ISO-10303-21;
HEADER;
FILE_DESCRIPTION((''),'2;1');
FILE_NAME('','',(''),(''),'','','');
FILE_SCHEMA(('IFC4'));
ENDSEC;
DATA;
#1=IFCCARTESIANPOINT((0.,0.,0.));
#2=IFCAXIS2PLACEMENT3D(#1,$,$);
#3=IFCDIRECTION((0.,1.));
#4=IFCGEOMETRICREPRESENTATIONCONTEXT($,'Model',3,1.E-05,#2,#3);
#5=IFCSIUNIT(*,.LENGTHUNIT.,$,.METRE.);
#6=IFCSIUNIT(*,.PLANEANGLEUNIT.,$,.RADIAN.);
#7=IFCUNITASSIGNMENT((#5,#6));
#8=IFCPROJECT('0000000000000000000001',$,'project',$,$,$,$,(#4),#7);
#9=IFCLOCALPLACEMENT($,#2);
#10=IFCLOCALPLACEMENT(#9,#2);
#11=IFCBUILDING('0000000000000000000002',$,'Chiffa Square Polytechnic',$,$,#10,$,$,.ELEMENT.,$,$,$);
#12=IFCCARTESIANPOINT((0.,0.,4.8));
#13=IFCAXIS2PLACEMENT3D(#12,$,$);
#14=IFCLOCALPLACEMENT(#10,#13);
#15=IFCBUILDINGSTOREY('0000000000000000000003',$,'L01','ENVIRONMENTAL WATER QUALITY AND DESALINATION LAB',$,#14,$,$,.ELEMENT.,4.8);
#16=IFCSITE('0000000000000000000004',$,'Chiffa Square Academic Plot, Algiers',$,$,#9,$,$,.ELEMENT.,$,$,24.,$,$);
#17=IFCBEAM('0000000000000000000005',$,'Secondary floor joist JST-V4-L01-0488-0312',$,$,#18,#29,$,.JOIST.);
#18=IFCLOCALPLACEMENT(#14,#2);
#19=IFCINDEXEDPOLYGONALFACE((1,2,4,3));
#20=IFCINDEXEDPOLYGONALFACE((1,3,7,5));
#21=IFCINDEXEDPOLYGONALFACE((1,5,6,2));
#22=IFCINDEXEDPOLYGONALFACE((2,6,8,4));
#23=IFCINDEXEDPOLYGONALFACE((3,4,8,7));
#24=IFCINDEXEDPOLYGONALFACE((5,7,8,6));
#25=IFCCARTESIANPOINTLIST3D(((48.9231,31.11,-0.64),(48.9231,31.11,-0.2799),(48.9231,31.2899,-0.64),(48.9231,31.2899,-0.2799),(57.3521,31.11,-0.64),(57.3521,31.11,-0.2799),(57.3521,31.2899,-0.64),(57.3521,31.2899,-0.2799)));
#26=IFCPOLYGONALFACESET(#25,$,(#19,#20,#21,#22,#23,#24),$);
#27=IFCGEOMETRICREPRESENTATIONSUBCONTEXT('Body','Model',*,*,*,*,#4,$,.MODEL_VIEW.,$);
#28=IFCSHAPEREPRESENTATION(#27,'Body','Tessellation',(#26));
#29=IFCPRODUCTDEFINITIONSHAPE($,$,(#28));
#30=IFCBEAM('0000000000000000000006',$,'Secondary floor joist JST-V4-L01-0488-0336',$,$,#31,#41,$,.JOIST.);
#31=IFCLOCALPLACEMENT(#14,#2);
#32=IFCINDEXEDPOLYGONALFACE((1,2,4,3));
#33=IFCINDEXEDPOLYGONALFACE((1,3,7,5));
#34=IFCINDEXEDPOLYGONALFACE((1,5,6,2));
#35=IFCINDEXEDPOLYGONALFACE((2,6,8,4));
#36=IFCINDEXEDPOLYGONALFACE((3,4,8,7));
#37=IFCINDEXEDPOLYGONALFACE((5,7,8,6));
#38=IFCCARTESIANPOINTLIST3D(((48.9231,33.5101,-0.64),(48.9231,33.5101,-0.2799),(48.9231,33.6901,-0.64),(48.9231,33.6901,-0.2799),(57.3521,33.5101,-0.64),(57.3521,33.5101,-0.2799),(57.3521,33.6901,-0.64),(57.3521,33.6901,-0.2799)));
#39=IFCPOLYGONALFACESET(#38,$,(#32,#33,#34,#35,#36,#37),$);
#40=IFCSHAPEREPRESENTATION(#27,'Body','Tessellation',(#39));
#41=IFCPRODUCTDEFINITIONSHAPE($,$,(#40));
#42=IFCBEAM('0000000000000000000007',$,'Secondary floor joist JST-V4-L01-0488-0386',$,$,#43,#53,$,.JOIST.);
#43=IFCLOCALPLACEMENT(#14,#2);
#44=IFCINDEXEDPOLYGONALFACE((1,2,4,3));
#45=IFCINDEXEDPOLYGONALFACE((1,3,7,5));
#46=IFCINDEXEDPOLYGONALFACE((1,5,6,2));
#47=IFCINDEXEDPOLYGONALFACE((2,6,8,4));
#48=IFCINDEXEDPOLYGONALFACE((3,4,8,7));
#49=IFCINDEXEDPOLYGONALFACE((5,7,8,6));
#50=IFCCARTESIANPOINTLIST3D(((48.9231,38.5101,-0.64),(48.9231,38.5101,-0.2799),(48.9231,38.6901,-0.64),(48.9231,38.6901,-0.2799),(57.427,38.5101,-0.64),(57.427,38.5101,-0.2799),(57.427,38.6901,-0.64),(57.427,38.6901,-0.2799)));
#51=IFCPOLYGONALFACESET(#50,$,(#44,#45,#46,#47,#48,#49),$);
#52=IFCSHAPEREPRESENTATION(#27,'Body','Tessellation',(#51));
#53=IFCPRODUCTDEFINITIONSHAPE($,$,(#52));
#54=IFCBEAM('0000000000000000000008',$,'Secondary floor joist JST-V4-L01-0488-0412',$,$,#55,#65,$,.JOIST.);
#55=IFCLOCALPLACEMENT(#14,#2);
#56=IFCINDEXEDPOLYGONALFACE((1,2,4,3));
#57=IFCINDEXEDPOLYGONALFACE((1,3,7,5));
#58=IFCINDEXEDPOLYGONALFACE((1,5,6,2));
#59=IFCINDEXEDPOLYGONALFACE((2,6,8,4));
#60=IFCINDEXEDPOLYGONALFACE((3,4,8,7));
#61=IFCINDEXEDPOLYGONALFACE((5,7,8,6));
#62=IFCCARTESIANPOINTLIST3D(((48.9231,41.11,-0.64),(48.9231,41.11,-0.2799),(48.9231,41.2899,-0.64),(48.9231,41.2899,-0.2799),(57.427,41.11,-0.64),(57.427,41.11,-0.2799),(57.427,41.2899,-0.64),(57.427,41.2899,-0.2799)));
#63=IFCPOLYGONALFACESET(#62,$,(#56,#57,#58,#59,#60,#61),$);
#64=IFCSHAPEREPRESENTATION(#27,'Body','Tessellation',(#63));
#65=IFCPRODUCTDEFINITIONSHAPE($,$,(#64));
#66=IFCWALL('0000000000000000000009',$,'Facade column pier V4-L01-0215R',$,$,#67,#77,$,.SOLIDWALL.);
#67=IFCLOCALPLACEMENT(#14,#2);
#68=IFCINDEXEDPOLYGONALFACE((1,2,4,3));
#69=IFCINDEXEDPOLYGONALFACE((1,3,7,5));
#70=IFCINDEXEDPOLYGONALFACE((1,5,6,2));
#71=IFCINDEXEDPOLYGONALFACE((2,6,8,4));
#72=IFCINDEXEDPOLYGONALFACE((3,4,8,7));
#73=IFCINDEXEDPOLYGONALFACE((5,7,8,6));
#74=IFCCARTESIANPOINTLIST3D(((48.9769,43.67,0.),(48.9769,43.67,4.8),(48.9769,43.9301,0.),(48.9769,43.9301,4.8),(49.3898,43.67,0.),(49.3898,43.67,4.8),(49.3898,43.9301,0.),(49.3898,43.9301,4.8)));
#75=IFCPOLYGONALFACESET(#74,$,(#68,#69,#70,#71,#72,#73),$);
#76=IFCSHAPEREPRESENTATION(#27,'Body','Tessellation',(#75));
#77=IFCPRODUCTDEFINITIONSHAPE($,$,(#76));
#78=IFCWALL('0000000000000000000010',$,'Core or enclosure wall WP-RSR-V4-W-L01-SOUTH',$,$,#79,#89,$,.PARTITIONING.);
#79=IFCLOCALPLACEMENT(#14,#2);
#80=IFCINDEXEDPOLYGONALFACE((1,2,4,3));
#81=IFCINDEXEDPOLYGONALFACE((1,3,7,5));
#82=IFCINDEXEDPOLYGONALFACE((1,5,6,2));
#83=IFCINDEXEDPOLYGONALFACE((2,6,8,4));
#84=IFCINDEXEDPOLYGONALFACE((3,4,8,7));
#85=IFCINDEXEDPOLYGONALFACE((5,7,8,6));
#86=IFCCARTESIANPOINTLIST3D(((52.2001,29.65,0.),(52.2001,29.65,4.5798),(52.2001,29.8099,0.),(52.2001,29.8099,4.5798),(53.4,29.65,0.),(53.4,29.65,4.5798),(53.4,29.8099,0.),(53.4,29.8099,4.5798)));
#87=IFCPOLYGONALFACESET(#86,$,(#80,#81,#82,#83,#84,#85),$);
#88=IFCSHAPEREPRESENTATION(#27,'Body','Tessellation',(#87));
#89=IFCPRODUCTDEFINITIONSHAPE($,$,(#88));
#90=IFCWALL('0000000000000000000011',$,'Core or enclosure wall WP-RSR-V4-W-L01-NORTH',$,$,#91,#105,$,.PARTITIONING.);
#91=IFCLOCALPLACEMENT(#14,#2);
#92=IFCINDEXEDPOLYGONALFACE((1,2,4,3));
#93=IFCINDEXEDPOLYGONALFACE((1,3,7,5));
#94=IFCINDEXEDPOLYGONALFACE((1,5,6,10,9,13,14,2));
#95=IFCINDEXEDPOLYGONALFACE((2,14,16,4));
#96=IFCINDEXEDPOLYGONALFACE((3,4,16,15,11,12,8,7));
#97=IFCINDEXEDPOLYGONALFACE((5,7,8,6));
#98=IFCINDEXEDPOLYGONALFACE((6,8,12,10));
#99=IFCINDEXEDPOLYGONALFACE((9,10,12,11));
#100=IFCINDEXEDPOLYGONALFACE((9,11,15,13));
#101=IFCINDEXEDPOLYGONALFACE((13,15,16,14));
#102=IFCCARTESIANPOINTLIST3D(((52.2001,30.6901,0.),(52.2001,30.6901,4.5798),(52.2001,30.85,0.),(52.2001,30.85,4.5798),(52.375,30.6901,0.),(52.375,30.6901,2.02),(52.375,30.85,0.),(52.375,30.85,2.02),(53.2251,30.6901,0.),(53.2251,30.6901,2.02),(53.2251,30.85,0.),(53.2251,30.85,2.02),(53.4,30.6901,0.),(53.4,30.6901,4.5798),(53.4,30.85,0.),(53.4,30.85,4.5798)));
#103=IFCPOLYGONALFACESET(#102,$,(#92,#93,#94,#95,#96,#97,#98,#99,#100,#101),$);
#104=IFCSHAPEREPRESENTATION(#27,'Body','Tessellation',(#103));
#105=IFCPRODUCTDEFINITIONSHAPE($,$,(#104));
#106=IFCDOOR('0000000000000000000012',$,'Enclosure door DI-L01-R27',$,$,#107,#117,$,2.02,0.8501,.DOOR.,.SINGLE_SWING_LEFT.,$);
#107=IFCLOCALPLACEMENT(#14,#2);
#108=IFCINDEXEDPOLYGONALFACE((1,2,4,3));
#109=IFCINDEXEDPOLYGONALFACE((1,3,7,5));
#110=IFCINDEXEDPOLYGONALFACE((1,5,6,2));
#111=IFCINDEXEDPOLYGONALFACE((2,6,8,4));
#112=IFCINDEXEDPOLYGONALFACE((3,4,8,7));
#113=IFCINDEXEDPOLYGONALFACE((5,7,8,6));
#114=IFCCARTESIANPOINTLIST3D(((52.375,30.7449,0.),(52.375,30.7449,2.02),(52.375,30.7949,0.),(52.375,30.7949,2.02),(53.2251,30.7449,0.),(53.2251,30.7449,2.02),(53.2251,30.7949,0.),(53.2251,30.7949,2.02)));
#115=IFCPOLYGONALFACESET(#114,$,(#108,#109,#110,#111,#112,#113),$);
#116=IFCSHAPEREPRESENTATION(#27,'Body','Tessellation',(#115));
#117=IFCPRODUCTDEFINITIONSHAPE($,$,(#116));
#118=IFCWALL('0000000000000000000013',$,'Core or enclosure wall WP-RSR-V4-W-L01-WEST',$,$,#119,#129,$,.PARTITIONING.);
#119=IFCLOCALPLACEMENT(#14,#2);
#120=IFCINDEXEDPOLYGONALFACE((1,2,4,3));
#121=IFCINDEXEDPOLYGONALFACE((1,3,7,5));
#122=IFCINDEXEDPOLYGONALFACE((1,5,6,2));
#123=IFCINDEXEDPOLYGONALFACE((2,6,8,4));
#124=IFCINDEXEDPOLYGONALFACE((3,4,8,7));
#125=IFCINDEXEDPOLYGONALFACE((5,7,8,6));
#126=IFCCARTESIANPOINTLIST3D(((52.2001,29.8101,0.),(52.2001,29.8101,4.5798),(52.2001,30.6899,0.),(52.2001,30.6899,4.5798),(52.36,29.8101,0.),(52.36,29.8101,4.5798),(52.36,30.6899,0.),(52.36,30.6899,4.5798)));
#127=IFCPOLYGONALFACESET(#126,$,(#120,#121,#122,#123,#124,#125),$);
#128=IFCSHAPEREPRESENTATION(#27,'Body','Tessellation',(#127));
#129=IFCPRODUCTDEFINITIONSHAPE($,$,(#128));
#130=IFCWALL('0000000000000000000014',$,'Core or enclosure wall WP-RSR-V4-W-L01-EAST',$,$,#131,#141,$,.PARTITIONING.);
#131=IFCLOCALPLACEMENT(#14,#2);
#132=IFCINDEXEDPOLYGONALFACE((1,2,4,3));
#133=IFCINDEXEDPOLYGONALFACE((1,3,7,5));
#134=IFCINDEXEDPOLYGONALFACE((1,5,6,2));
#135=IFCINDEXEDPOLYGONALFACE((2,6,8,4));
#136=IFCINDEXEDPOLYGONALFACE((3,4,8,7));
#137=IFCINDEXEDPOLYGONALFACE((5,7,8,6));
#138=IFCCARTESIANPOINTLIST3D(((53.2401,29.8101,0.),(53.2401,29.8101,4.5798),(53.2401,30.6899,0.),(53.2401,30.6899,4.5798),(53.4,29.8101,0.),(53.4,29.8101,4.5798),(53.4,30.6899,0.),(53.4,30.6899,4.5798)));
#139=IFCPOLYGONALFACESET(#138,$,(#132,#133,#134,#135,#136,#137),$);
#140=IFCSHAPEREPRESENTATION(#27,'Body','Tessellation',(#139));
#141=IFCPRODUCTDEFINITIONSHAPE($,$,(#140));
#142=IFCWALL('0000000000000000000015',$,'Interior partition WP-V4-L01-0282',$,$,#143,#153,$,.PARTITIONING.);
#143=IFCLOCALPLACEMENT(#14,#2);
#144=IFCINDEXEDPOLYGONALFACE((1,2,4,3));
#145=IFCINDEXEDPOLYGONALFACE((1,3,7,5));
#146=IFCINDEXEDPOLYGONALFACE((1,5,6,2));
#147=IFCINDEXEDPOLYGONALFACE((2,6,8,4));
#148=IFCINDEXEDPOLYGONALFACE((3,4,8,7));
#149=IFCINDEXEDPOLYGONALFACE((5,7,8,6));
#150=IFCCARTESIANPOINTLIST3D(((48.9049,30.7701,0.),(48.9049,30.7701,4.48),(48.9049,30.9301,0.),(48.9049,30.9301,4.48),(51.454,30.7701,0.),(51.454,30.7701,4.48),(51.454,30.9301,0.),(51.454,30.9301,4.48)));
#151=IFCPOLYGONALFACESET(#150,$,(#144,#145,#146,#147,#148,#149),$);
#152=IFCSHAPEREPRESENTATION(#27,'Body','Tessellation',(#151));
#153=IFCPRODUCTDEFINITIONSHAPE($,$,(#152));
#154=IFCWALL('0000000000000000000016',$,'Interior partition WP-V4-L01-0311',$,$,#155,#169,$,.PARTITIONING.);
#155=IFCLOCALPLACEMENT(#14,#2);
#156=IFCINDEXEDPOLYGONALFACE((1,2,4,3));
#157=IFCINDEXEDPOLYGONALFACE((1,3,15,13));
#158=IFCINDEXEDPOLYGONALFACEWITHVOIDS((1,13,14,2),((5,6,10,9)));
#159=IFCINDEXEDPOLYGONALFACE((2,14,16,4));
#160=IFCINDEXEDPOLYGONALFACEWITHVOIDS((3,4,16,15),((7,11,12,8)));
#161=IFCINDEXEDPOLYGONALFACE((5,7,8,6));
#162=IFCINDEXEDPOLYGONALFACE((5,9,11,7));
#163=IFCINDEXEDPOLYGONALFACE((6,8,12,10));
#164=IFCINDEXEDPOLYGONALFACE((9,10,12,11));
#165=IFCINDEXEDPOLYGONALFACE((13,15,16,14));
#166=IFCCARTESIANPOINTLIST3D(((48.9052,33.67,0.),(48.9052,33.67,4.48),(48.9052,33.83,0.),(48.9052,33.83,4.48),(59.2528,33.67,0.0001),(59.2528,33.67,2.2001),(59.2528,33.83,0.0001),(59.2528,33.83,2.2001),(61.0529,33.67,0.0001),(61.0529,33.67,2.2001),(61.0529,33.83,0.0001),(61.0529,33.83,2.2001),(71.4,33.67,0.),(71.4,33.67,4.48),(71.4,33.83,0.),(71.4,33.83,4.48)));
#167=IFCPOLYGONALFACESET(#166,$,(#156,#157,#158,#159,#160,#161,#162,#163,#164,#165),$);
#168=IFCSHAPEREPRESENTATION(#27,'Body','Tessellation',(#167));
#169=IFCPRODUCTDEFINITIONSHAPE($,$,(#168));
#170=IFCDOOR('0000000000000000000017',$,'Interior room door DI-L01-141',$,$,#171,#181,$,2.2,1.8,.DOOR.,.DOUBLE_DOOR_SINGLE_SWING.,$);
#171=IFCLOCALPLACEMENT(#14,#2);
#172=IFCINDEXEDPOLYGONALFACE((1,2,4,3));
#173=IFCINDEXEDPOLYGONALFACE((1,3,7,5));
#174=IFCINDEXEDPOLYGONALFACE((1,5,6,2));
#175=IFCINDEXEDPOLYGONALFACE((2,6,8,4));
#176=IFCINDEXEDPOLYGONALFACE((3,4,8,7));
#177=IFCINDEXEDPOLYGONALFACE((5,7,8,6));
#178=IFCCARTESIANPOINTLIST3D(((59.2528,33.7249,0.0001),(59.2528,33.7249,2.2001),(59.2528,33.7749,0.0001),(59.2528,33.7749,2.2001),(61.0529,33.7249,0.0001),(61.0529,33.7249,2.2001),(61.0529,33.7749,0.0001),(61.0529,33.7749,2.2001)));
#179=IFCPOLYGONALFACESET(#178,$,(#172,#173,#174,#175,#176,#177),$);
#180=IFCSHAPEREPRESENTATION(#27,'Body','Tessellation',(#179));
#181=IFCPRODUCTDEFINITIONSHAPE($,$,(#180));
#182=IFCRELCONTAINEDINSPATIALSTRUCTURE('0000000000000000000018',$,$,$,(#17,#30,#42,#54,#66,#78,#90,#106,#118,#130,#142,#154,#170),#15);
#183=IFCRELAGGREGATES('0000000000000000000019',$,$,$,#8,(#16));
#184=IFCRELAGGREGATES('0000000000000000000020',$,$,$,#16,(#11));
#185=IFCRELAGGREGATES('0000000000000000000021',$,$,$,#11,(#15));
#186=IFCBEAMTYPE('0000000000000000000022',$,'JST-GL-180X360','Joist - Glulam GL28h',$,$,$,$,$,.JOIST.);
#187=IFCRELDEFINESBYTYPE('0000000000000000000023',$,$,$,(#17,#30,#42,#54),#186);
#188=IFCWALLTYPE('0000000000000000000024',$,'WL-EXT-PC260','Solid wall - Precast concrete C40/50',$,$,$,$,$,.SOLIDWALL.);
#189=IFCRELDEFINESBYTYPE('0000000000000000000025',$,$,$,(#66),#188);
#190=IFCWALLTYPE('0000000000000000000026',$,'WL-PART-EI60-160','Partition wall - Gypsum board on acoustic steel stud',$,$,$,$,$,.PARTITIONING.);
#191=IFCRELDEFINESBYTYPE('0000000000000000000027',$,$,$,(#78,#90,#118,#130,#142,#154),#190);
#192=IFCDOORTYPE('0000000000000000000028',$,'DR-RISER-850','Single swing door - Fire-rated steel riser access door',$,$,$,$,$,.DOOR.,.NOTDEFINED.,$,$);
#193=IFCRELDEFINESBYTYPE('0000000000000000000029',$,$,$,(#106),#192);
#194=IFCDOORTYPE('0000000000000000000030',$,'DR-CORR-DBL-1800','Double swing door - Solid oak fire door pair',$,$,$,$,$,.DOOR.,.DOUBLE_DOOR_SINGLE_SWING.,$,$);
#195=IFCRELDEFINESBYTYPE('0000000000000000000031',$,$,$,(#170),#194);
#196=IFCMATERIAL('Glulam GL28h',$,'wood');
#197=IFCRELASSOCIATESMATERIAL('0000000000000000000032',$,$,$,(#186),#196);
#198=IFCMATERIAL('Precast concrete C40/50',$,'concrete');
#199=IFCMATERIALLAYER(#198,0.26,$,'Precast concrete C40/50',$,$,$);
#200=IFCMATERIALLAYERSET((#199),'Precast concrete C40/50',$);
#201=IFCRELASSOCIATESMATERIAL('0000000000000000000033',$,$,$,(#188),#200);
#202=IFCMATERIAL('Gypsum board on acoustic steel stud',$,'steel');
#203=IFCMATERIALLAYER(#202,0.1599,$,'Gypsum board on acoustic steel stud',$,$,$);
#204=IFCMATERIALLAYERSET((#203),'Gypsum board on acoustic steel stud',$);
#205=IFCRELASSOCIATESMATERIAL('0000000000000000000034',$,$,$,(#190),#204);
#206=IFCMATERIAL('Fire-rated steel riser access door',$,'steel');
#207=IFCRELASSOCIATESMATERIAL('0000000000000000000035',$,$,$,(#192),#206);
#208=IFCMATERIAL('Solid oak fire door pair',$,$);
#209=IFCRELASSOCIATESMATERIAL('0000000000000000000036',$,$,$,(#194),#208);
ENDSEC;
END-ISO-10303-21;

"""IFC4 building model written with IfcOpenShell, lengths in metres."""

from ifc_helpers import new_model, si_unit, direction, frame, frame_2d, origin, origin_2d, place, context, subcontext, project, spatial, rectangle, extrude, material, layer, layer_set, material_profile, profile_set, type_object, element, fill, save


model = new_model("IFC4")

# Units and contexts
model_context = context("Model", 3, precision=1e-05, world=origin(), true_north=direction((0.0, 1.0)))
body_context = subcontext(model_context, "Body", "Model", "MODEL_VIEW")
ifc_project = project(units=[si_unit("LENGTHUNIT", "METRE"), si_unit("PLANEANGLEUNIT", "RADIAN")], contexts=[model_context])

# Site, building, storey
site_placement = place(None, origin())
site = spatial("IfcSite", under=ifc_project, at=site_placement, Name="Chiffa Square Academic Plot, Algiers", CompositionType="ELEMENT", RefElevation=24.0)
building_placement = place(site_placement, origin())
building = spatial("IfcBuilding", under=site, at=building_placement, Name="Chiffa Square Polytechnic", CompositionType="ELEMENT")
storey_placement = place(building_placement, frame((0.0, 0.0, 4.8)))
storey = spatial("IfcBuildingStorey", under=building, at=storey_placement, Name="L01", Description="ENVIRONMENTAL WATER QUALITY AND DESALINATION LAB", CompositionType="ELEMENT", Elevation=4.8)

# Shared definitions
ifc_material_1 = material(Name="Glulam GL28h", Category="wood")

# Beams
ifc_material_profile_1 = material_profile(ifc_material_1, rectangle(XDim=0.1799, YDim=0.3601, at=origin_2d()), Name="GL28h 180x360")
ifc_profile_set_1 = profile_set([ifc_material_profile_1], Name="Glulam GL28h")
beam_type_1 = type_object("IfcBeamType", Name="JST-GL-180X360", Description="Joist - Glulam GL28h", PredefinedType="JOIST", material=ifc_profile_set_1)
for number, where, z_axis, x_axis, name in (
    (1, (48.9231, 31.2, -0.46), (1.0, 0.0, 0.0), (0.0, 1.0, 0.0), "Secondary floor joist JST-V4-L01-0488-0312"),
    (2, (48.9231, 33.6001, -0.46), (1.0, 0.0, 0.0), (0.0, 1.0, 0.0), "Secondary floor joist JST-V4-L01-0488-0336"),
):
    element("IfcBeam", number, at=place(storey_placement, frame(where, z_axis=z_axis, x_axis=x_axis)), inside=storey, type_object=beam_type_1, Name=name, PredefinedType="JOIST", context=body_context, shape_type="SweptSolid", body=[
        extrude(rectangle(XDim=0.1799, YDim=0.3601, at=origin_2d()), origin(), (0.0, 0.0, 1.0), 8.429),
    ])
for number, where, z_axis, x_axis, name in (
    (3, (48.9231, 38.6001, -0.46), (1.0, 0.0, 0.0), (0.0, 1.0, 0.0), "Secondary floor joist JST-V4-L01-0488-0386"),
    (4, (48.9231, 41.2, -0.46), (1.0, 0.0, 0.0), (0.0, 1.0, 0.0), "Secondary floor joist JST-V4-L01-0488-0412"),
):
    element("IfcBeam", number, at=place(storey_placement, frame(where, z_axis=z_axis, x_axis=x_axis)), inside=storey, type_object=beam_type_1, Name=name, PredefinedType="JOIST", context=body_context, shape_type="SweptSolid", body=[
        extrude(rectangle(XDim=0.1799, YDim=0.3601, at=origin_2d()), origin(), (0.0, 0.0, 1.0), 8.5039),
    ])

# Walls
ifc_material_2 = material(Name="Precast concrete C40/50", Category="concrete")
ifc_layer_1 = layer(ifc_material_2, 0.26, Name="Precast concrete C40/50")
ifc_layer_set_1 = layer_set([ifc_layer_1], Name="Precast concrete C40/50")
wall_type_1 = type_object("IfcWallType", Name="WL-EXT-PC260", Description="Solid wall - Precast concrete C40/50", PredefinedType="SOLIDWALL", material=ifc_layer_set_1)
wall_1_placement = place(storey_placement, frame((49.3899, 43.8, 0.0), z_axis=(0.0, 0.0, 1.0), x_axis=(-1.0, 0.0, 0.0)))
element("IfcWall", 5, at=wall_1_placement, inside=storey, type_object=wall_type_1, Name="Facade column pier V4-L01-0215R", PredefinedType="SOLIDWALL", context=body_context, shape_type="SweptSolid", body=[
    extrude(rectangle(XDim=0.4128, YDim=0.26, at=frame_2d((0.2065, 0.0))), origin(), (0.0, 0.0, 1.0), 4.8),
])
ifc_material_3 = material(Name="Gypsum board on acoustic steel stud", Category="steel")
ifc_layer_2 = layer(ifc_material_3, 0.1599, Name="Gypsum board on acoustic steel stud")
ifc_layer_set_2 = layer_set([ifc_layer_2], Name="Gypsum board on acoustic steel stud")
wall_type_2 = type_object("IfcWallType", Name="WL-PART-EI60-160", Description="Partition wall - Gypsum board on acoustic steel stud", PredefinedType="PARTITIONING", material=ifc_layer_set_2)
wall_2_placement = place(storey_placement, frame((52.2, 29.73, 0.0), z_axis=(0.0, 0.0, 1.0), x_axis=(1.0, 0.0, 0.0)))
element("IfcWall", 6, at=wall_2_placement, inside=storey, type_object=wall_type_2, Name="Core or enclosure wall WP-RSR-V4-W-L01-SOUTH", PredefinedType="PARTITIONING", context=body_context, shape_type="SweptSolid", body=[
    extrude(rectangle(XDim=1.2, YDim=0.1599, at=frame_2d((0.6001, 0.0))), origin(), (0.0, 0.0, 1.0), 4.5798),
])

# Wall, opening, door
wall_3_placement = place(storey_placement, frame((52.2, 30.77, 0.0), z_axis=(0.0, 0.0, 1.0), x_axis=(1.0, 0.0, 0.0)))
wall_3 = element("IfcWall", 7, at=wall_3_placement, inside=storey, type_object=wall_type_2, Name="Core or enclosure wall WP-RSR-V4-W-L01-NORTH", PredefinedType="PARTITIONING", context=body_context, shape_type="SweptSolid", body=[
    extrude(rectangle(XDim=1.2, YDim=0.1599, at=frame_2d((0.6001, 0.0))), origin(), (0.0, 0.0, 1.0), 4.5798),
])
opening_1_placement = place(wall_3_placement, frame((0.175, 0.0, 0.0)))
opening_1 = element("IfcOpeningElement", 8, at=opening_1_placement, cuts=wall_3, PredefinedType="OPENING", context=body_context, shape_type="SweptSolid", body=[
    extrude(rectangle(XDim=0.8501, YDim=2.02, at=frame_2d((0.425, 1.01))), frame((0.0, 0.0898, 0.0), z_axis=(0.0, -1.0, 0.0), x_axis=(1.0, 0.0, 0.0)), (0.0, 0.0, 1.0), 0.1799),
])
ifc_material_4 = material(Name="Fire-rated steel riser access door", Category="steel")
door_type_1 = type_object("IfcDoorType", Name="DR-RISER-850", Description="Single swing door - Fire-rated steel riser access door", OperationType="NOTDEFINED", PredefinedType="DOOR", material=ifc_material_4)
door_1_placement = place(opening_1_placement, origin())
door_1 = element("IfcDoor", 9, at=door_1_placement, inside=storey, type_object=door_type_1, Name="Enclosure door DI-L01-R27", OperationType="SINGLE_SWING_LEFT", OverallHeight=2.02, OverallWidth=0.8501, PredefinedType="DOOR", context=body_context, shape_type="SweptSolid", body=[
    extrude(rectangle(XDim=0.8501, YDim=2.02, at=frame_2d((0.425, 1.01))), frame((0.0, 0.0249, 0.0), z_axis=(0.0, -1.0, 0.0), x_axis=(1.0, 0.0, 0.0)), (0.0, 0.0, 1.0), 0.05),
])
fill(opening_1, door_1)

# Walls
for number, where, z_axis, x_axis, name in (
    (10, (52.28, 29.8101, 0.0), (0.0, 0.0, 1.0), (0.0, 1.0, 0.0), "Core or enclosure wall WP-RSR-V4-W-L01-WEST"),
    (11, (53.3201, 29.8101, 0.0), (0.0, 0.0, 1.0), (0.0, 1.0, 0.0), "Core or enclosure wall WP-RSR-V4-W-L01-EAST"),
):
    element("IfcWall", number, at=place(storey_placement, frame(where, z_axis=z_axis, x_axis=x_axis)), inside=storey, type_object=wall_type_2, Name=name, PredefinedType="PARTITIONING", context=body_context, shape_type="SweptSolid", body=[
        extrude(rectangle(XDim=0.8799, YDim=0.1599, at=frame_2d((0.4399, 0.0))), origin(), (0.0, 0.0, 1.0), 4.5798),
    ])

# Wall
wall_4_placement = place(storey_placement, frame((48.905, 30.8501, 0.0), z_axis=(0.0, 0.0, 1.0), x_axis=(1.0, 0.0, 0.0)))
element("IfcWall", 12, at=wall_4_placement, inside=storey, type_object=wall_type_2, Name="Interior partition WP-V4-L01-0282", PredefinedType="PARTITIONING", context=body_context, shape_type="SweptSolid", body=[
    extrude(rectangle(XDim=2.5491, YDim=0.1599, at=frame_2d((1.2744, 0.0))), origin(), (0.0, 0.0, 1.0), 4.48),
])

# Wall, opening, door
wall_5_placement = place(storey_placement, frame((48.905, 33.75, 0.0), z_axis=(0.0, 0.0, 1.0), x_axis=(1.0, 0.0, 0.0)))
wall_5 = element("IfcWall", 13, at=wall_5_placement, inside=storey, type_object=wall_type_2, Name="Interior partition WP-V4-L01-0311", PredefinedType="PARTITIONING", context=body_context, shape_type="SweptSolid", body=[
    extrude(rectangle(XDim=22.4949, YDim=0.1599, at=frame_2d((11.2476, 0.0))), origin(), (0.0, 0.0, 1.0), 4.48),
])
opening_2_placement = place(wall_5_placement, frame((10.3479, 0.0, 0.0)))
opening_2 = element("IfcOpeningElement", 14, at=opening_2_placement, cuts=wall_5, PredefinedType="OPENING", context=body_context, shape_type="SweptSolid", body=[
    extrude(rectangle(XDim=1.8, YDim=2.2, at=frame_2d((0.8999, 1.1001))), frame((0.0, 0.0898, 0.0), z_axis=(0.0, -1.0, 0.0), x_axis=(1.0, 0.0, 0.0)), (0.0, 0.0, 1.0), 0.1799),
])
ifc_material_5 = material(Name="Solid oak fire door pair")
door_type_2 = type_object("IfcDoorType", Name="DR-CORR-DBL-1800", Description="Double swing door - Solid oak fire door pair", OperationType="DOUBLE_DOOR_SINGLE_SWING", PredefinedType="DOOR", material=ifc_material_5)
door_2_placement = place(opening_2_placement, origin())
door_2 = element("IfcDoor", 15, at=door_2_placement, inside=storey, type_object=door_type_2, Name="Interior room door DI-L01-141", OperationType="DOUBLE_DOOR_SINGLE_SWING", OverallHeight=2.2, OverallWidth=1.8, PredefinedType="DOOR", context=body_context, shape_type="SweptSolid", body=[
    extrude(rectangle(XDim=1.8, YDim=2.2, at=frame_2d((0.8999, 1.1001))), frame((0.0, 0.0249, 0.0), z_axis=(0.0, -1.0, 0.0), x_axis=(1.0, 0.0, 0.0)), (0.0, 0.0, 1.0), 0.05),
])
fill(opening_2, door_2)

save(model, "model.ifc")
